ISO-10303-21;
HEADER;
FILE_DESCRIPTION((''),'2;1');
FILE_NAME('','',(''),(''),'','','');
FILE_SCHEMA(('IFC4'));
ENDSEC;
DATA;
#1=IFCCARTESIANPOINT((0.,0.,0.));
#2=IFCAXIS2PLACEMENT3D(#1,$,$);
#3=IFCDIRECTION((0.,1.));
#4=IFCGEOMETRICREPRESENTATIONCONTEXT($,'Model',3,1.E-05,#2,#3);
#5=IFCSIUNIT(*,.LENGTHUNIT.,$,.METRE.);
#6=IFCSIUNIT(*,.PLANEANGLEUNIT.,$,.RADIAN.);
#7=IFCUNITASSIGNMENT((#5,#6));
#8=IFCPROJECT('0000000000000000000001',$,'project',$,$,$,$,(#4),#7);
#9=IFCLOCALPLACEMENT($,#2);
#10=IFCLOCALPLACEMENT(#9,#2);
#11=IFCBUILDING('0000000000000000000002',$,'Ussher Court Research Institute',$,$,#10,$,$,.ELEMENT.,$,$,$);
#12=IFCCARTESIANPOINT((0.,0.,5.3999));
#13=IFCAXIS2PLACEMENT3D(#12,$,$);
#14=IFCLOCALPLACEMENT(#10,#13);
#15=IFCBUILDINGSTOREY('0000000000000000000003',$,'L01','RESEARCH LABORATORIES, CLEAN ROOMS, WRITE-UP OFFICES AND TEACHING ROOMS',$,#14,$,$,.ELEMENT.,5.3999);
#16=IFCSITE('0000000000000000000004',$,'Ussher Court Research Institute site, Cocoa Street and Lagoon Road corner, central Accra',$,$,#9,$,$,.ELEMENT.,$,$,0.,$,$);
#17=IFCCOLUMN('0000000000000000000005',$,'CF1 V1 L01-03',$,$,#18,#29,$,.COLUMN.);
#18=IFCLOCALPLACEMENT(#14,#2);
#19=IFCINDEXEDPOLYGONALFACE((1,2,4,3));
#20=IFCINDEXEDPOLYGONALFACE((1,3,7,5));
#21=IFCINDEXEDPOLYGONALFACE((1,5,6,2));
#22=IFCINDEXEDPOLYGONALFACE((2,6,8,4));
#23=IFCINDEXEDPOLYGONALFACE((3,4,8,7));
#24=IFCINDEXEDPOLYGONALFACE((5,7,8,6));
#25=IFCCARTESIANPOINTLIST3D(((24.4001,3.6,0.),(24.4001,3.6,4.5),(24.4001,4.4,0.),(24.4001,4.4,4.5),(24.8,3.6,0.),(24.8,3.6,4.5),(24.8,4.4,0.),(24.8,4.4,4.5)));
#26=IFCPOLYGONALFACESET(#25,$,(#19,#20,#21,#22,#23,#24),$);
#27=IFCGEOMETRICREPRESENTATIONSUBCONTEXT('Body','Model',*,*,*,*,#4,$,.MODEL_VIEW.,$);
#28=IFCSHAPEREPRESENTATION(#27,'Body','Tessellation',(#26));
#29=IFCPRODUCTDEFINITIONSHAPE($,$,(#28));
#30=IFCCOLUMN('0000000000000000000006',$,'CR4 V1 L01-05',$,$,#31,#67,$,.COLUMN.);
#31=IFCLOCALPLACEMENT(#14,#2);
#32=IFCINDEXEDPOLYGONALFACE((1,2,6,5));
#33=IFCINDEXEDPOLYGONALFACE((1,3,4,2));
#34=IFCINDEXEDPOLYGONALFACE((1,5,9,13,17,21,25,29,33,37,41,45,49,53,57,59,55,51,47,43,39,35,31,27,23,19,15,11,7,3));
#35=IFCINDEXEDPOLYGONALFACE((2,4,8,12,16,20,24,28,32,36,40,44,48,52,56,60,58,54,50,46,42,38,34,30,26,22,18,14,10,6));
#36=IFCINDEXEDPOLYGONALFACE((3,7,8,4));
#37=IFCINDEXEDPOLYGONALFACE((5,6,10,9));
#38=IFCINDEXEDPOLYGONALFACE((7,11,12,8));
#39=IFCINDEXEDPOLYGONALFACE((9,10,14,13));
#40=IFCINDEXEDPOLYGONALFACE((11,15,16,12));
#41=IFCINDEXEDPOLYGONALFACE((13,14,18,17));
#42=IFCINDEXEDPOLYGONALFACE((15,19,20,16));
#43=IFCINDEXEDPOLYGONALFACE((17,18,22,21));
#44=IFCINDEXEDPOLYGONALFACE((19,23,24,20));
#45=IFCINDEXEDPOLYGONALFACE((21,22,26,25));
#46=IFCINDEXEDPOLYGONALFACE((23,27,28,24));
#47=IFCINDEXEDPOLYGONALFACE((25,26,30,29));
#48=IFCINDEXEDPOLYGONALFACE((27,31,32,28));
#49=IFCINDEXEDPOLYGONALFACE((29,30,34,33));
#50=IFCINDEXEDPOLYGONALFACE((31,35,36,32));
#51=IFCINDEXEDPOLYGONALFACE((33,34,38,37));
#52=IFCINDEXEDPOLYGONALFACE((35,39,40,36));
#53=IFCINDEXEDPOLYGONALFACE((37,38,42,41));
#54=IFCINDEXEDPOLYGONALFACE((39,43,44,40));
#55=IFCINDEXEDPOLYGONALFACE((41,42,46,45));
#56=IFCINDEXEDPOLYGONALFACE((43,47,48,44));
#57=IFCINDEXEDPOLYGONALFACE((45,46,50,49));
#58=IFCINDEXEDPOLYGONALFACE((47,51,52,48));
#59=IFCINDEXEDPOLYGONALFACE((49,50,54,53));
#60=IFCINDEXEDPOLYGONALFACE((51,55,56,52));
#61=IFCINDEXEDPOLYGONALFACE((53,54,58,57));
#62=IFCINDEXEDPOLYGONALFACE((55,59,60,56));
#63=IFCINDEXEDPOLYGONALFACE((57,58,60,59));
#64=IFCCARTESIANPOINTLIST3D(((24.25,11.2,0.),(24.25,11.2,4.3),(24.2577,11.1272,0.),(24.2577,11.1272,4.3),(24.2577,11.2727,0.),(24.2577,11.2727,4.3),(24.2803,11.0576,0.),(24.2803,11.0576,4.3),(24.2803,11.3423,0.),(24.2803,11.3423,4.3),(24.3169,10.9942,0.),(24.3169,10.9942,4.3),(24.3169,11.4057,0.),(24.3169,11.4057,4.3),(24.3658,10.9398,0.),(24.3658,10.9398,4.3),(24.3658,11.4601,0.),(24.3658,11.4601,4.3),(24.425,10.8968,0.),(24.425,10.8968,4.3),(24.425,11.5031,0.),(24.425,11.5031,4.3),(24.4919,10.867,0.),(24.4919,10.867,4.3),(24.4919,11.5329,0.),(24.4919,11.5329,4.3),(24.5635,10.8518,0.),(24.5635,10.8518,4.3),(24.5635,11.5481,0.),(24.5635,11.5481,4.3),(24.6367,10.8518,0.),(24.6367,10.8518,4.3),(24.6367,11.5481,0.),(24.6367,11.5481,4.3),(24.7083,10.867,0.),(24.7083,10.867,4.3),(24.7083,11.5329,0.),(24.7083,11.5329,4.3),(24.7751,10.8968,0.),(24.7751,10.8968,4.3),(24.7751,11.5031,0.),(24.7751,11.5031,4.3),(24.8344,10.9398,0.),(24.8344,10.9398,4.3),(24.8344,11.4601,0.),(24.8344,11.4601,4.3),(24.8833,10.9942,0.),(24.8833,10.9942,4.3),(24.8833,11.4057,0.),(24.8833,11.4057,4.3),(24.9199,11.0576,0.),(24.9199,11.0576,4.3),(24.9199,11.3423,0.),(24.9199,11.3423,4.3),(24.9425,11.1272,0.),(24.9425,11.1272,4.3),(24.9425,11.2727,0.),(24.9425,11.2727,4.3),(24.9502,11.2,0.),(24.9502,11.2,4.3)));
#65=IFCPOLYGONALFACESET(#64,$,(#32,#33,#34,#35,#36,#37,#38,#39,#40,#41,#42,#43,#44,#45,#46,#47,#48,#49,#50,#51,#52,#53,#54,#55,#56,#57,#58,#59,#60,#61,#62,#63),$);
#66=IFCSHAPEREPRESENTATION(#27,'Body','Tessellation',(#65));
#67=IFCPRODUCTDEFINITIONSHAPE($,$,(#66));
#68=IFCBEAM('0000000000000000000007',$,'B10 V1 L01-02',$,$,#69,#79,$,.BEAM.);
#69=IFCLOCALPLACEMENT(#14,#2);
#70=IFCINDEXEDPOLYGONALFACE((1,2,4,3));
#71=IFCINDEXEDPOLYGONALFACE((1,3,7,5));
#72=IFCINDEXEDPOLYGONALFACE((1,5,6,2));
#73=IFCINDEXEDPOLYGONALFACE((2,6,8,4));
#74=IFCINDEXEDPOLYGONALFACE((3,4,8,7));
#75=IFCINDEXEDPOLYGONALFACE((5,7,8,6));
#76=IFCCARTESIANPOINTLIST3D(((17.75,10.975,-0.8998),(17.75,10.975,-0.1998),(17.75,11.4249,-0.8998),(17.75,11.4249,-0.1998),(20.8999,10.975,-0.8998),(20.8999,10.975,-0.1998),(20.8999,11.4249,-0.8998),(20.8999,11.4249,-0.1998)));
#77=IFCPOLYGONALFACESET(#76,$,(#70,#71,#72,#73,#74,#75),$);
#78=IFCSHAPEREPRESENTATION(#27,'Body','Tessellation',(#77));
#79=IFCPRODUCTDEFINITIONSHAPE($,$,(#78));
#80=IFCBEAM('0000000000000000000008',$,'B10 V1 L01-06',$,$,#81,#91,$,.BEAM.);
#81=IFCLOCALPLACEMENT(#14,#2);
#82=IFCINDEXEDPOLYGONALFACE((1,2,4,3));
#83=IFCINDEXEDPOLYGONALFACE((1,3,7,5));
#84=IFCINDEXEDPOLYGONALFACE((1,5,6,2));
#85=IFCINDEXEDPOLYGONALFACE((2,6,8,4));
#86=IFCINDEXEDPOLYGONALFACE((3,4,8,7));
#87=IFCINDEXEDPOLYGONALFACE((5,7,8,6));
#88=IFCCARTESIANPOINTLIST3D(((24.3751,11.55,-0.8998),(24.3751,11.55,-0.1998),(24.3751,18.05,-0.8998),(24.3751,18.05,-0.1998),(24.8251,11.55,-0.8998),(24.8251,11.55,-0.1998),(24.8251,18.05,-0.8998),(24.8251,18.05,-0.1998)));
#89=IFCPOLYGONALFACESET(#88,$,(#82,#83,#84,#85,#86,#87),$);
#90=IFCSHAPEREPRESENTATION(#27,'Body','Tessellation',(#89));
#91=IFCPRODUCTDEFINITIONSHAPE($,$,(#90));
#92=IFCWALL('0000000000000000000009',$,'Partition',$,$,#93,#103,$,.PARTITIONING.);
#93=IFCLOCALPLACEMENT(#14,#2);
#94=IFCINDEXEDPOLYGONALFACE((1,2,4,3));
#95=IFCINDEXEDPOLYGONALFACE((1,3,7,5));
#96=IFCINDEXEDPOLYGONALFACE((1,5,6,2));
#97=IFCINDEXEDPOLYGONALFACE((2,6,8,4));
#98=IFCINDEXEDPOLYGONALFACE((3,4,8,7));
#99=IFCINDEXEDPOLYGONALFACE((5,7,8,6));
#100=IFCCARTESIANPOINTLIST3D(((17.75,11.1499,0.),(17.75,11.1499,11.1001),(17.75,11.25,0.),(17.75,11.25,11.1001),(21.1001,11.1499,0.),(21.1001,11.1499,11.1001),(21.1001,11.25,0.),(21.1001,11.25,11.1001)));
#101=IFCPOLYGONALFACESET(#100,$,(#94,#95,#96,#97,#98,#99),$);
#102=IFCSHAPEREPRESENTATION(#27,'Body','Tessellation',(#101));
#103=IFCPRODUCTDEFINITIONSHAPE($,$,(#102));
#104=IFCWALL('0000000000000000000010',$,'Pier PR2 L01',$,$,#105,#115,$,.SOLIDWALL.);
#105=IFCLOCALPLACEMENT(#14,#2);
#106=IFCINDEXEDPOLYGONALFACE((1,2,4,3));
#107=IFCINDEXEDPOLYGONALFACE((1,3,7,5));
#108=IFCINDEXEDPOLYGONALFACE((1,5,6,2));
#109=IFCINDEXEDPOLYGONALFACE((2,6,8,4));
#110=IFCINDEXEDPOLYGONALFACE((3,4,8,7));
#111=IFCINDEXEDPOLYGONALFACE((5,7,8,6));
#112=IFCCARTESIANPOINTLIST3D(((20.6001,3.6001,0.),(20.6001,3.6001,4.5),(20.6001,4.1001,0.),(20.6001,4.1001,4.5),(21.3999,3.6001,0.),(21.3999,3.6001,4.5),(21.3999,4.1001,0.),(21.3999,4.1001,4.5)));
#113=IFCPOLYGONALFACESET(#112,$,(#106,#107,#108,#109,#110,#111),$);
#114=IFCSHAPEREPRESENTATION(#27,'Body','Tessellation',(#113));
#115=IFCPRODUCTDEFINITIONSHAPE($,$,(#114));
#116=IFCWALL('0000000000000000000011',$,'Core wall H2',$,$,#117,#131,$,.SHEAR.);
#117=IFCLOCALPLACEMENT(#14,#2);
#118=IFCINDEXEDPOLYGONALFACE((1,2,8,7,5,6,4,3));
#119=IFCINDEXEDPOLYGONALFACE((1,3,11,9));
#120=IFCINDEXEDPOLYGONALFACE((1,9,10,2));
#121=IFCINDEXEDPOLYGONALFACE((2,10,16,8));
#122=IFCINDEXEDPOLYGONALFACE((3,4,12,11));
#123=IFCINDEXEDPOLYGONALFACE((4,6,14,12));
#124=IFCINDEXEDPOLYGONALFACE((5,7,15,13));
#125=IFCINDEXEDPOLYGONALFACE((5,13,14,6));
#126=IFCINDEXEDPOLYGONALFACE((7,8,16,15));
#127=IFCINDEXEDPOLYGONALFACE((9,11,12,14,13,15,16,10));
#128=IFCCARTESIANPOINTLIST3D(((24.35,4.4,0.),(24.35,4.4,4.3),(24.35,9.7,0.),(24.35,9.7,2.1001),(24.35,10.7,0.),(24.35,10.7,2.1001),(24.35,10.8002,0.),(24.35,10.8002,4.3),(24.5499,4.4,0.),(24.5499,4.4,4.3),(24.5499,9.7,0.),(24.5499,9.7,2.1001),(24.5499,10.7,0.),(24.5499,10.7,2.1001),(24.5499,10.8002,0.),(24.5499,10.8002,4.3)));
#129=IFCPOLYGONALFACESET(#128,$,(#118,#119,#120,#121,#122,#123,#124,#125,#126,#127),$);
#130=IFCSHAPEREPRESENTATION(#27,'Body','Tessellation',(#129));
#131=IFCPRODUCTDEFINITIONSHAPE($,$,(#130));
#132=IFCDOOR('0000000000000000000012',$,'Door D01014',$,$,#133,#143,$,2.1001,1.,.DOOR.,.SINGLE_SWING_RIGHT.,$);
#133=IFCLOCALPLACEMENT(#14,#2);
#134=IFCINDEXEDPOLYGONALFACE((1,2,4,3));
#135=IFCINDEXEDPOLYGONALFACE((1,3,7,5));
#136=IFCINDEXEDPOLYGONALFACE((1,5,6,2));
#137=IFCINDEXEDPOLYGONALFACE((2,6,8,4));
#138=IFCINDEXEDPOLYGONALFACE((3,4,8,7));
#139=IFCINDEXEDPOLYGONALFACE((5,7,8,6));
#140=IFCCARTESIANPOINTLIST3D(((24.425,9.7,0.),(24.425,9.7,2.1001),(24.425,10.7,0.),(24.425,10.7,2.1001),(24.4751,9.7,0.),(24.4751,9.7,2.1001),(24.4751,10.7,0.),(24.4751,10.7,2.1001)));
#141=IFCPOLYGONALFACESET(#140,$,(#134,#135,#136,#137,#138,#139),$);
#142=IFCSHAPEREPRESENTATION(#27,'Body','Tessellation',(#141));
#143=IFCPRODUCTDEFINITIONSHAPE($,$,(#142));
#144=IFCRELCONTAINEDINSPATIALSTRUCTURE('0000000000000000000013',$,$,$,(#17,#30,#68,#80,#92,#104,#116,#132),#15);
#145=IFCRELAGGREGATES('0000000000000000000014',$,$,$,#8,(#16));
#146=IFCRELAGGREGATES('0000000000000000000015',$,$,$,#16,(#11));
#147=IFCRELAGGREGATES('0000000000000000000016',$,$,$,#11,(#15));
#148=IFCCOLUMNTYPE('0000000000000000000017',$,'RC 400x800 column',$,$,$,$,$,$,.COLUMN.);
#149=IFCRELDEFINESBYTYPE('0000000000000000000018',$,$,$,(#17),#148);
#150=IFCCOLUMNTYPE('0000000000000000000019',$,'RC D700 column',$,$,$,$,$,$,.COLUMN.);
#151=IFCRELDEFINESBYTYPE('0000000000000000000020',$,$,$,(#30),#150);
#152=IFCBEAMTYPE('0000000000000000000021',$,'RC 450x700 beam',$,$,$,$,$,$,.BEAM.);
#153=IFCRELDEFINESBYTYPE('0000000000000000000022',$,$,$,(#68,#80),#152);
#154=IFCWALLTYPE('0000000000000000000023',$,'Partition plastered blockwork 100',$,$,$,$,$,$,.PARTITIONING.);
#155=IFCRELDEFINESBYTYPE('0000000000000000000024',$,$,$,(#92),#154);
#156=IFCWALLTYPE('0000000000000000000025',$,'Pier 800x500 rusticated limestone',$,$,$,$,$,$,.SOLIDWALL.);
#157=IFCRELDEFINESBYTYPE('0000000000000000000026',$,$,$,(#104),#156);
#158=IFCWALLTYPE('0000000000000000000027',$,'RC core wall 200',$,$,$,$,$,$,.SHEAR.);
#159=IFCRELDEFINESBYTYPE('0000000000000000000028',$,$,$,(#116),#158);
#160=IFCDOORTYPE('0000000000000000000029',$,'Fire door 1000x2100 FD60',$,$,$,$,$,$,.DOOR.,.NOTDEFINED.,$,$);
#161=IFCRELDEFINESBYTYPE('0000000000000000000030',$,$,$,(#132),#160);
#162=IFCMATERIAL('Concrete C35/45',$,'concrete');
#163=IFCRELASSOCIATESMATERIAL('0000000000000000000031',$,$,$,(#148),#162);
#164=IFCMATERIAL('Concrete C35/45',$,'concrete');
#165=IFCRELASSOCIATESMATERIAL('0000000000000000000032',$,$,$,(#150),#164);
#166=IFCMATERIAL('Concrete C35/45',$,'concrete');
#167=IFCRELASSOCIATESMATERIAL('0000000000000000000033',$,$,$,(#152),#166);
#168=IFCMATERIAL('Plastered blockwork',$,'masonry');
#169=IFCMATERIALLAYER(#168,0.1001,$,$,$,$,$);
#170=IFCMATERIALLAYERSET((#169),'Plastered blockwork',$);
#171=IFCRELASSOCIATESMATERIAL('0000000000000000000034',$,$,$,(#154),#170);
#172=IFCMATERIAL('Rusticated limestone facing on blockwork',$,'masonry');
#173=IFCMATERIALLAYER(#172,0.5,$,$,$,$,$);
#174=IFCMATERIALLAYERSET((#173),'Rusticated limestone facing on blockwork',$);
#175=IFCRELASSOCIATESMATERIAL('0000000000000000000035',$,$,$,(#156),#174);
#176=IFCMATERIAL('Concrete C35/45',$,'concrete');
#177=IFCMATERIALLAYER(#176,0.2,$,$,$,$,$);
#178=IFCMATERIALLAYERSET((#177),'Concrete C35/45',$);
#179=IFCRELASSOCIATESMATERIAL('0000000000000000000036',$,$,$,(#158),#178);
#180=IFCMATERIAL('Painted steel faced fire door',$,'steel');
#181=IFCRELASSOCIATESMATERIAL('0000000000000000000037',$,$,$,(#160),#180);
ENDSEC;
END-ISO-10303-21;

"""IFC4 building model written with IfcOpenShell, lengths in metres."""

from ifc_helpers import new_model, si_unit, direction, frame, frame_2d, origin, origin_2d, place, context, subcontext, project, spatial, rectangle, circle, extrude, material, layer, layer_set, material_profile, profile_set, type_object, element, fill, save


model = new_model("IFC4")

# Units and contexts
model_context = context("Model", 3, precision=1e-05, world=origin(), true_north=direction((0.0, 1.0)))
body_context = subcontext(model_context, "Body", "Model", "MODEL_VIEW")
ifc_project = project(units=[si_unit("LENGTHUNIT", "METRE"), si_unit("PLANEANGLEUNIT", "RADIAN")], contexts=[model_context])

# Site, building, storey
site_placement = place(None, origin())
site = spatial("IfcSite", under=ifc_project, at=site_placement, Name="Ussher Court Research Institute site, Cocoa Street and Lagoon Road corner, central Accra", CompositionType="ELEMENT", RefElevation=0.0)
building_placement = place(site_placement, origin())
building = spatial("IfcBuilding", under=site, at=building_placement, Name="Ussher Court Research Institute", CompositionType="ELEMENT")
storey_placement = place(building_placement, frame((0.0, 0.0, 5.3999)))
storey = spatial("IfcBuildingStorey", under=building, at=storey_placement, Name="L01", Description="RESEARCH LABORATORIES, CLEAN ROOMS, WRITE-UP OFFICES AND TEACHING ROOMS", CompositionType="ELEMENT", Elevation=5.3999)

# Columns
ifc_material_1 = material(Name="Concrete C35/45", Category="concrete")
ifc_material_profile_1 = material_profile(ifc_material_1, rectangle(XDim=0.3999, YDim=0.8, at=origin_2d()), Name="RC 400x800")
ifc_profile_set_1 = profile_set([ifc_material_profile_1], Name="Concrete C35/45")
column_type_1 = type_object("IfcColumnType", Name="RC 400x800 column", PredefinedType="COLUMN", material=ifc_profile_set_1)
column_1_placement = place(storey_placement, frame((24.6001, 4.0, 0.0), z_axis=(0.0, 0.0, 1.0), x_axis=(1.0, 0.0, 0.0)))
element("IfcColumn", 1, at=column_1_placement, inside=storey, type_object=column_type_1, Name="CF1 V1 L01-03", PredefinedType="COLUMN", context=body_context, shape_type="SweptSolid", body=[
    extrude(rectangle(XDim=0.3999, YDim=0.8, at=origin_2d()), origin(), (0.0, 0.0, 1.0), 4.5),
])
ifc_material_2 = material(Name="Concrete C35/45", Category="concrete")
ifc_material_profile_2 = material_profile(ifc_material_2, circle(Radius=0.3501, at=origin_2d()), Name="RC D700")
ifc_profile_set_2 = profile_set([ifc_material_profile_2], Name="Concrete C35/45")
column_type_2 = type_object("IfcColumnType", Name="RC D700 column", PredefinedType="COLUMN", material=ifc_profile_set_2)
column_2_placement = place(storey_placement, frame((24.6001, 11.2, 0.0), z_axis=(0.0, 0.0, 1.0), x_axis=(1.0, 0.0, 0.0)))
element("IfcColumn", 2, at=column_2_placement, inside=storey, type_object=column_type_2, Name="CR4 V1 L01-05", PredefinedType="COLUMN", context=body_context, shape_type="SweptSolid", body=[
    extrude(circle(Radius=0.3501, at=origin_2d()), origin(), (0.0, 0.0, 1.0), 4.3),
])

# Beams
ifc_material_3 = material(Name="Concrete C35/45", Category="concrete")
ifc_material_profile_3 = material_profile(ifc_material_3, rectangle(XDim=0.45, YDim=0.7, at=origin_2d()), Name="RC 450x700")
ifc_profile_set_3 = profile_set([ifc_material_profile_3], Name="Concrete C35/45")
beam_type = type_object("IfcBeamType", Name="RC 450x700 beam", PredefinedType="BEAM", material=ifc_profile_set_3)
beam_1_placement = place(storey_placement, frame((17.75, 11.2, -0.5498), z_axis=(1.0, 0.0, 0.0), x_axis=(0.0, 1.0, 0.0)))
element("IfcBeam", 3, at=beam_1_placement, inside=storey, type_object=beam_type, Name="B10 V1 L01-02", PredefinedType="BEAM", context=body_context, shape_type="SweptSolid", body=[
    extrude(rectangle(XDim=0.45, YDim=0.7, at=origin_2d()), origin(), (0.0, 0.0, 1.0), 3.1499),
])
beam_2_placement = place(storey_placement, frame((24.6001, 11.55, -0.5498), z_axis=(0.0, 1.0, 0.0), x_axis=(-1.0, 0.0, 0.0)))
element("IfcBeam", 4, at=beam_2_placement, inside=storey, type_object=beam_type, Name="B10 V1 L01-06", PredefinedType="BEAM", context=body_context, shape_type="SweptSolid", body=[
    extrude(rectangle(XDim=0.45, YDim=0.7, at=origin_2d()), origin(), (0.0, 0.0, 1.0), 6.5),
])

# Walls
ifc_material_4 = material(Name="Plastered blockwork", Category="masonry")
ifc_layer_1 = layer(ifc_material_4, 0.1001)
ifc_layer_set_1 = layer_set([ifc_layer_1], Name="Plastered blockwork")
wall_type_1 = type_object("IfcWallType", Name="Partition plastered blockwork 100", PredefinedType="PARTITIONING", material=ifc_layer_set_1)
wall_1_placement = place(storey_placement, frame((17.75, 11.2, 0.0), z_axis=(0.0, 0.0, 1.0), x_axis=(1.0, 0.0, 0.0)))
element("IfcWall", 5, at=wall_1_placement, inside=storey, type_object=wall_type_1, Name="Partition", PredefinedType="PARTITIONING", context=body_context, shape_type="SweptSolid", body=[
    extrude(rectangle(XDim=3.3501, YDim=0.1001, at=frame_2d((1.675, 0.0))), origin(), (0.0, 0.0, 1.0), 11.1001),
])
ifc_material_5 = material(Name="Rusticated limestone facing on blockwork", Category="masonry")
ifc_layer_2 = layer(ifc_material_5, 0.5)
ifc_layer_set_2 = layer_set([ifc_layer_2], Name="Rusticated limestone facing on blockwork")
wall_type_2 = type_object("IfcWallType", Name="Pier 800x500 rusticated limestone", PredefinedType="SOLIDWALL", material=ifc_layer_set_2)
wall_2_placement = place(storey_placement, frame((21.3999, 3.8501, 0.0), z_axis=(0.0, 0.0, 1.0), x_axis=(-1.0, 0.0, 0.0)))
element("IfcWall", 6, at=wall_2_placement, inside=storey, type_object=wall_type_2, Name="Pier PR2 L01", PredefinedType="SOLIDWALL", context=body_context, shape_type="SweptSolid", body=[
    extrude(rectangle(XDim=0.7998, YDim=0.5, at=frame_2d((0.3999, 0.0))), origin(), (0.0, 0.0, 1.0), 4.5),
])

# Wall, opening, door
ifc_material_6 = material(Name="Concrete C35/45", Category="concrete")
ifc_layer_3 = layer(ifc_material_6, 0.2)
ifc_layer_set_3 = layer_set([ifc_layer_3], Name="Concrete C35/45")
wall_type_3 = type_object("IfcWallType", Name="RC core wall 200", PredefinedType="SHEAR", material=ifc_layer_set_3)
wall_3_placement = place(storey_placement, frame((24.45, 4.3999, 0.0), z_axis=(0.0, 0.0, 1.0), x_axis=(0.0, 1.0, 0.0)))
wall_3 = element("IfcWall", 7, at=wall_3_placement, inside=storey, type_object=wall_type_3, Name="Core wall H2", PredefinedType="SHEAR", context=body_context, shape_type="SweptSolid", body=[
    extrude(rectangle(XDim=6.4001, YDim=0.2, at=frame_2d((3.2002, 0.0))), origin(), (0.0, 0.0, 1.0), 4.3),
])
opening_1_placement = place(wall_3_placement, frame((5.3, 0.0, 0.0)))
opening_1 = element("IfcOpeningElement", 8, at=opening_1_placement, cuts=wall_3, PredefinedType="OPENING", context=body_context, shape_type="SweptSolid", body=[
    extrude(rectangle(XDim=1.0, YDim=2.1001, at=frame_2d((0.5, 1.05))), frame((0.0, 0.1099, 0.0), z_axis=(0.0, -1.0, 0.0), x_axis=(1.0, 0.0, 0.0)), (0.0, 0.0, 1.0), 0.22),
])
ifc_material_7 = material(Name="Painted steel faced fire door", Category="steel")
door_type_1 = type_object("IfcDoorType", Name="Fire door 1000x2100 FD60", OperationType="NOTDEFINED", PredefinedType="DOOR", material=ifc_material_7)
door_1_placement = place(opening_1_placement, origin())
door_1 = element("IfcDoor", 9, at=door_1_placement, inside=storey, type_object=door_type_1, Name="Door D01014", OperationType="SINGLE_SWING_RIGHT", OverallHeight=2.1001, OverallWidth=1.0, PredefinedType="DOOR", context=body_context, shape_type="SweptSolid", body=[
    extrude(rectangle(XDim=1.0, YDim=2.1001, at=frame_2d((0.5, 1.05))), frame((0.0, 0.0249, 0.0), z_axis=(0.0, -1.0, 0.0), x_axis=(1.0, 0.0, 0.0)), (0.0, 0.0, 1.0), 0.05),
])
fill(opening_1, door_1)

save(model, "model.ifc")
